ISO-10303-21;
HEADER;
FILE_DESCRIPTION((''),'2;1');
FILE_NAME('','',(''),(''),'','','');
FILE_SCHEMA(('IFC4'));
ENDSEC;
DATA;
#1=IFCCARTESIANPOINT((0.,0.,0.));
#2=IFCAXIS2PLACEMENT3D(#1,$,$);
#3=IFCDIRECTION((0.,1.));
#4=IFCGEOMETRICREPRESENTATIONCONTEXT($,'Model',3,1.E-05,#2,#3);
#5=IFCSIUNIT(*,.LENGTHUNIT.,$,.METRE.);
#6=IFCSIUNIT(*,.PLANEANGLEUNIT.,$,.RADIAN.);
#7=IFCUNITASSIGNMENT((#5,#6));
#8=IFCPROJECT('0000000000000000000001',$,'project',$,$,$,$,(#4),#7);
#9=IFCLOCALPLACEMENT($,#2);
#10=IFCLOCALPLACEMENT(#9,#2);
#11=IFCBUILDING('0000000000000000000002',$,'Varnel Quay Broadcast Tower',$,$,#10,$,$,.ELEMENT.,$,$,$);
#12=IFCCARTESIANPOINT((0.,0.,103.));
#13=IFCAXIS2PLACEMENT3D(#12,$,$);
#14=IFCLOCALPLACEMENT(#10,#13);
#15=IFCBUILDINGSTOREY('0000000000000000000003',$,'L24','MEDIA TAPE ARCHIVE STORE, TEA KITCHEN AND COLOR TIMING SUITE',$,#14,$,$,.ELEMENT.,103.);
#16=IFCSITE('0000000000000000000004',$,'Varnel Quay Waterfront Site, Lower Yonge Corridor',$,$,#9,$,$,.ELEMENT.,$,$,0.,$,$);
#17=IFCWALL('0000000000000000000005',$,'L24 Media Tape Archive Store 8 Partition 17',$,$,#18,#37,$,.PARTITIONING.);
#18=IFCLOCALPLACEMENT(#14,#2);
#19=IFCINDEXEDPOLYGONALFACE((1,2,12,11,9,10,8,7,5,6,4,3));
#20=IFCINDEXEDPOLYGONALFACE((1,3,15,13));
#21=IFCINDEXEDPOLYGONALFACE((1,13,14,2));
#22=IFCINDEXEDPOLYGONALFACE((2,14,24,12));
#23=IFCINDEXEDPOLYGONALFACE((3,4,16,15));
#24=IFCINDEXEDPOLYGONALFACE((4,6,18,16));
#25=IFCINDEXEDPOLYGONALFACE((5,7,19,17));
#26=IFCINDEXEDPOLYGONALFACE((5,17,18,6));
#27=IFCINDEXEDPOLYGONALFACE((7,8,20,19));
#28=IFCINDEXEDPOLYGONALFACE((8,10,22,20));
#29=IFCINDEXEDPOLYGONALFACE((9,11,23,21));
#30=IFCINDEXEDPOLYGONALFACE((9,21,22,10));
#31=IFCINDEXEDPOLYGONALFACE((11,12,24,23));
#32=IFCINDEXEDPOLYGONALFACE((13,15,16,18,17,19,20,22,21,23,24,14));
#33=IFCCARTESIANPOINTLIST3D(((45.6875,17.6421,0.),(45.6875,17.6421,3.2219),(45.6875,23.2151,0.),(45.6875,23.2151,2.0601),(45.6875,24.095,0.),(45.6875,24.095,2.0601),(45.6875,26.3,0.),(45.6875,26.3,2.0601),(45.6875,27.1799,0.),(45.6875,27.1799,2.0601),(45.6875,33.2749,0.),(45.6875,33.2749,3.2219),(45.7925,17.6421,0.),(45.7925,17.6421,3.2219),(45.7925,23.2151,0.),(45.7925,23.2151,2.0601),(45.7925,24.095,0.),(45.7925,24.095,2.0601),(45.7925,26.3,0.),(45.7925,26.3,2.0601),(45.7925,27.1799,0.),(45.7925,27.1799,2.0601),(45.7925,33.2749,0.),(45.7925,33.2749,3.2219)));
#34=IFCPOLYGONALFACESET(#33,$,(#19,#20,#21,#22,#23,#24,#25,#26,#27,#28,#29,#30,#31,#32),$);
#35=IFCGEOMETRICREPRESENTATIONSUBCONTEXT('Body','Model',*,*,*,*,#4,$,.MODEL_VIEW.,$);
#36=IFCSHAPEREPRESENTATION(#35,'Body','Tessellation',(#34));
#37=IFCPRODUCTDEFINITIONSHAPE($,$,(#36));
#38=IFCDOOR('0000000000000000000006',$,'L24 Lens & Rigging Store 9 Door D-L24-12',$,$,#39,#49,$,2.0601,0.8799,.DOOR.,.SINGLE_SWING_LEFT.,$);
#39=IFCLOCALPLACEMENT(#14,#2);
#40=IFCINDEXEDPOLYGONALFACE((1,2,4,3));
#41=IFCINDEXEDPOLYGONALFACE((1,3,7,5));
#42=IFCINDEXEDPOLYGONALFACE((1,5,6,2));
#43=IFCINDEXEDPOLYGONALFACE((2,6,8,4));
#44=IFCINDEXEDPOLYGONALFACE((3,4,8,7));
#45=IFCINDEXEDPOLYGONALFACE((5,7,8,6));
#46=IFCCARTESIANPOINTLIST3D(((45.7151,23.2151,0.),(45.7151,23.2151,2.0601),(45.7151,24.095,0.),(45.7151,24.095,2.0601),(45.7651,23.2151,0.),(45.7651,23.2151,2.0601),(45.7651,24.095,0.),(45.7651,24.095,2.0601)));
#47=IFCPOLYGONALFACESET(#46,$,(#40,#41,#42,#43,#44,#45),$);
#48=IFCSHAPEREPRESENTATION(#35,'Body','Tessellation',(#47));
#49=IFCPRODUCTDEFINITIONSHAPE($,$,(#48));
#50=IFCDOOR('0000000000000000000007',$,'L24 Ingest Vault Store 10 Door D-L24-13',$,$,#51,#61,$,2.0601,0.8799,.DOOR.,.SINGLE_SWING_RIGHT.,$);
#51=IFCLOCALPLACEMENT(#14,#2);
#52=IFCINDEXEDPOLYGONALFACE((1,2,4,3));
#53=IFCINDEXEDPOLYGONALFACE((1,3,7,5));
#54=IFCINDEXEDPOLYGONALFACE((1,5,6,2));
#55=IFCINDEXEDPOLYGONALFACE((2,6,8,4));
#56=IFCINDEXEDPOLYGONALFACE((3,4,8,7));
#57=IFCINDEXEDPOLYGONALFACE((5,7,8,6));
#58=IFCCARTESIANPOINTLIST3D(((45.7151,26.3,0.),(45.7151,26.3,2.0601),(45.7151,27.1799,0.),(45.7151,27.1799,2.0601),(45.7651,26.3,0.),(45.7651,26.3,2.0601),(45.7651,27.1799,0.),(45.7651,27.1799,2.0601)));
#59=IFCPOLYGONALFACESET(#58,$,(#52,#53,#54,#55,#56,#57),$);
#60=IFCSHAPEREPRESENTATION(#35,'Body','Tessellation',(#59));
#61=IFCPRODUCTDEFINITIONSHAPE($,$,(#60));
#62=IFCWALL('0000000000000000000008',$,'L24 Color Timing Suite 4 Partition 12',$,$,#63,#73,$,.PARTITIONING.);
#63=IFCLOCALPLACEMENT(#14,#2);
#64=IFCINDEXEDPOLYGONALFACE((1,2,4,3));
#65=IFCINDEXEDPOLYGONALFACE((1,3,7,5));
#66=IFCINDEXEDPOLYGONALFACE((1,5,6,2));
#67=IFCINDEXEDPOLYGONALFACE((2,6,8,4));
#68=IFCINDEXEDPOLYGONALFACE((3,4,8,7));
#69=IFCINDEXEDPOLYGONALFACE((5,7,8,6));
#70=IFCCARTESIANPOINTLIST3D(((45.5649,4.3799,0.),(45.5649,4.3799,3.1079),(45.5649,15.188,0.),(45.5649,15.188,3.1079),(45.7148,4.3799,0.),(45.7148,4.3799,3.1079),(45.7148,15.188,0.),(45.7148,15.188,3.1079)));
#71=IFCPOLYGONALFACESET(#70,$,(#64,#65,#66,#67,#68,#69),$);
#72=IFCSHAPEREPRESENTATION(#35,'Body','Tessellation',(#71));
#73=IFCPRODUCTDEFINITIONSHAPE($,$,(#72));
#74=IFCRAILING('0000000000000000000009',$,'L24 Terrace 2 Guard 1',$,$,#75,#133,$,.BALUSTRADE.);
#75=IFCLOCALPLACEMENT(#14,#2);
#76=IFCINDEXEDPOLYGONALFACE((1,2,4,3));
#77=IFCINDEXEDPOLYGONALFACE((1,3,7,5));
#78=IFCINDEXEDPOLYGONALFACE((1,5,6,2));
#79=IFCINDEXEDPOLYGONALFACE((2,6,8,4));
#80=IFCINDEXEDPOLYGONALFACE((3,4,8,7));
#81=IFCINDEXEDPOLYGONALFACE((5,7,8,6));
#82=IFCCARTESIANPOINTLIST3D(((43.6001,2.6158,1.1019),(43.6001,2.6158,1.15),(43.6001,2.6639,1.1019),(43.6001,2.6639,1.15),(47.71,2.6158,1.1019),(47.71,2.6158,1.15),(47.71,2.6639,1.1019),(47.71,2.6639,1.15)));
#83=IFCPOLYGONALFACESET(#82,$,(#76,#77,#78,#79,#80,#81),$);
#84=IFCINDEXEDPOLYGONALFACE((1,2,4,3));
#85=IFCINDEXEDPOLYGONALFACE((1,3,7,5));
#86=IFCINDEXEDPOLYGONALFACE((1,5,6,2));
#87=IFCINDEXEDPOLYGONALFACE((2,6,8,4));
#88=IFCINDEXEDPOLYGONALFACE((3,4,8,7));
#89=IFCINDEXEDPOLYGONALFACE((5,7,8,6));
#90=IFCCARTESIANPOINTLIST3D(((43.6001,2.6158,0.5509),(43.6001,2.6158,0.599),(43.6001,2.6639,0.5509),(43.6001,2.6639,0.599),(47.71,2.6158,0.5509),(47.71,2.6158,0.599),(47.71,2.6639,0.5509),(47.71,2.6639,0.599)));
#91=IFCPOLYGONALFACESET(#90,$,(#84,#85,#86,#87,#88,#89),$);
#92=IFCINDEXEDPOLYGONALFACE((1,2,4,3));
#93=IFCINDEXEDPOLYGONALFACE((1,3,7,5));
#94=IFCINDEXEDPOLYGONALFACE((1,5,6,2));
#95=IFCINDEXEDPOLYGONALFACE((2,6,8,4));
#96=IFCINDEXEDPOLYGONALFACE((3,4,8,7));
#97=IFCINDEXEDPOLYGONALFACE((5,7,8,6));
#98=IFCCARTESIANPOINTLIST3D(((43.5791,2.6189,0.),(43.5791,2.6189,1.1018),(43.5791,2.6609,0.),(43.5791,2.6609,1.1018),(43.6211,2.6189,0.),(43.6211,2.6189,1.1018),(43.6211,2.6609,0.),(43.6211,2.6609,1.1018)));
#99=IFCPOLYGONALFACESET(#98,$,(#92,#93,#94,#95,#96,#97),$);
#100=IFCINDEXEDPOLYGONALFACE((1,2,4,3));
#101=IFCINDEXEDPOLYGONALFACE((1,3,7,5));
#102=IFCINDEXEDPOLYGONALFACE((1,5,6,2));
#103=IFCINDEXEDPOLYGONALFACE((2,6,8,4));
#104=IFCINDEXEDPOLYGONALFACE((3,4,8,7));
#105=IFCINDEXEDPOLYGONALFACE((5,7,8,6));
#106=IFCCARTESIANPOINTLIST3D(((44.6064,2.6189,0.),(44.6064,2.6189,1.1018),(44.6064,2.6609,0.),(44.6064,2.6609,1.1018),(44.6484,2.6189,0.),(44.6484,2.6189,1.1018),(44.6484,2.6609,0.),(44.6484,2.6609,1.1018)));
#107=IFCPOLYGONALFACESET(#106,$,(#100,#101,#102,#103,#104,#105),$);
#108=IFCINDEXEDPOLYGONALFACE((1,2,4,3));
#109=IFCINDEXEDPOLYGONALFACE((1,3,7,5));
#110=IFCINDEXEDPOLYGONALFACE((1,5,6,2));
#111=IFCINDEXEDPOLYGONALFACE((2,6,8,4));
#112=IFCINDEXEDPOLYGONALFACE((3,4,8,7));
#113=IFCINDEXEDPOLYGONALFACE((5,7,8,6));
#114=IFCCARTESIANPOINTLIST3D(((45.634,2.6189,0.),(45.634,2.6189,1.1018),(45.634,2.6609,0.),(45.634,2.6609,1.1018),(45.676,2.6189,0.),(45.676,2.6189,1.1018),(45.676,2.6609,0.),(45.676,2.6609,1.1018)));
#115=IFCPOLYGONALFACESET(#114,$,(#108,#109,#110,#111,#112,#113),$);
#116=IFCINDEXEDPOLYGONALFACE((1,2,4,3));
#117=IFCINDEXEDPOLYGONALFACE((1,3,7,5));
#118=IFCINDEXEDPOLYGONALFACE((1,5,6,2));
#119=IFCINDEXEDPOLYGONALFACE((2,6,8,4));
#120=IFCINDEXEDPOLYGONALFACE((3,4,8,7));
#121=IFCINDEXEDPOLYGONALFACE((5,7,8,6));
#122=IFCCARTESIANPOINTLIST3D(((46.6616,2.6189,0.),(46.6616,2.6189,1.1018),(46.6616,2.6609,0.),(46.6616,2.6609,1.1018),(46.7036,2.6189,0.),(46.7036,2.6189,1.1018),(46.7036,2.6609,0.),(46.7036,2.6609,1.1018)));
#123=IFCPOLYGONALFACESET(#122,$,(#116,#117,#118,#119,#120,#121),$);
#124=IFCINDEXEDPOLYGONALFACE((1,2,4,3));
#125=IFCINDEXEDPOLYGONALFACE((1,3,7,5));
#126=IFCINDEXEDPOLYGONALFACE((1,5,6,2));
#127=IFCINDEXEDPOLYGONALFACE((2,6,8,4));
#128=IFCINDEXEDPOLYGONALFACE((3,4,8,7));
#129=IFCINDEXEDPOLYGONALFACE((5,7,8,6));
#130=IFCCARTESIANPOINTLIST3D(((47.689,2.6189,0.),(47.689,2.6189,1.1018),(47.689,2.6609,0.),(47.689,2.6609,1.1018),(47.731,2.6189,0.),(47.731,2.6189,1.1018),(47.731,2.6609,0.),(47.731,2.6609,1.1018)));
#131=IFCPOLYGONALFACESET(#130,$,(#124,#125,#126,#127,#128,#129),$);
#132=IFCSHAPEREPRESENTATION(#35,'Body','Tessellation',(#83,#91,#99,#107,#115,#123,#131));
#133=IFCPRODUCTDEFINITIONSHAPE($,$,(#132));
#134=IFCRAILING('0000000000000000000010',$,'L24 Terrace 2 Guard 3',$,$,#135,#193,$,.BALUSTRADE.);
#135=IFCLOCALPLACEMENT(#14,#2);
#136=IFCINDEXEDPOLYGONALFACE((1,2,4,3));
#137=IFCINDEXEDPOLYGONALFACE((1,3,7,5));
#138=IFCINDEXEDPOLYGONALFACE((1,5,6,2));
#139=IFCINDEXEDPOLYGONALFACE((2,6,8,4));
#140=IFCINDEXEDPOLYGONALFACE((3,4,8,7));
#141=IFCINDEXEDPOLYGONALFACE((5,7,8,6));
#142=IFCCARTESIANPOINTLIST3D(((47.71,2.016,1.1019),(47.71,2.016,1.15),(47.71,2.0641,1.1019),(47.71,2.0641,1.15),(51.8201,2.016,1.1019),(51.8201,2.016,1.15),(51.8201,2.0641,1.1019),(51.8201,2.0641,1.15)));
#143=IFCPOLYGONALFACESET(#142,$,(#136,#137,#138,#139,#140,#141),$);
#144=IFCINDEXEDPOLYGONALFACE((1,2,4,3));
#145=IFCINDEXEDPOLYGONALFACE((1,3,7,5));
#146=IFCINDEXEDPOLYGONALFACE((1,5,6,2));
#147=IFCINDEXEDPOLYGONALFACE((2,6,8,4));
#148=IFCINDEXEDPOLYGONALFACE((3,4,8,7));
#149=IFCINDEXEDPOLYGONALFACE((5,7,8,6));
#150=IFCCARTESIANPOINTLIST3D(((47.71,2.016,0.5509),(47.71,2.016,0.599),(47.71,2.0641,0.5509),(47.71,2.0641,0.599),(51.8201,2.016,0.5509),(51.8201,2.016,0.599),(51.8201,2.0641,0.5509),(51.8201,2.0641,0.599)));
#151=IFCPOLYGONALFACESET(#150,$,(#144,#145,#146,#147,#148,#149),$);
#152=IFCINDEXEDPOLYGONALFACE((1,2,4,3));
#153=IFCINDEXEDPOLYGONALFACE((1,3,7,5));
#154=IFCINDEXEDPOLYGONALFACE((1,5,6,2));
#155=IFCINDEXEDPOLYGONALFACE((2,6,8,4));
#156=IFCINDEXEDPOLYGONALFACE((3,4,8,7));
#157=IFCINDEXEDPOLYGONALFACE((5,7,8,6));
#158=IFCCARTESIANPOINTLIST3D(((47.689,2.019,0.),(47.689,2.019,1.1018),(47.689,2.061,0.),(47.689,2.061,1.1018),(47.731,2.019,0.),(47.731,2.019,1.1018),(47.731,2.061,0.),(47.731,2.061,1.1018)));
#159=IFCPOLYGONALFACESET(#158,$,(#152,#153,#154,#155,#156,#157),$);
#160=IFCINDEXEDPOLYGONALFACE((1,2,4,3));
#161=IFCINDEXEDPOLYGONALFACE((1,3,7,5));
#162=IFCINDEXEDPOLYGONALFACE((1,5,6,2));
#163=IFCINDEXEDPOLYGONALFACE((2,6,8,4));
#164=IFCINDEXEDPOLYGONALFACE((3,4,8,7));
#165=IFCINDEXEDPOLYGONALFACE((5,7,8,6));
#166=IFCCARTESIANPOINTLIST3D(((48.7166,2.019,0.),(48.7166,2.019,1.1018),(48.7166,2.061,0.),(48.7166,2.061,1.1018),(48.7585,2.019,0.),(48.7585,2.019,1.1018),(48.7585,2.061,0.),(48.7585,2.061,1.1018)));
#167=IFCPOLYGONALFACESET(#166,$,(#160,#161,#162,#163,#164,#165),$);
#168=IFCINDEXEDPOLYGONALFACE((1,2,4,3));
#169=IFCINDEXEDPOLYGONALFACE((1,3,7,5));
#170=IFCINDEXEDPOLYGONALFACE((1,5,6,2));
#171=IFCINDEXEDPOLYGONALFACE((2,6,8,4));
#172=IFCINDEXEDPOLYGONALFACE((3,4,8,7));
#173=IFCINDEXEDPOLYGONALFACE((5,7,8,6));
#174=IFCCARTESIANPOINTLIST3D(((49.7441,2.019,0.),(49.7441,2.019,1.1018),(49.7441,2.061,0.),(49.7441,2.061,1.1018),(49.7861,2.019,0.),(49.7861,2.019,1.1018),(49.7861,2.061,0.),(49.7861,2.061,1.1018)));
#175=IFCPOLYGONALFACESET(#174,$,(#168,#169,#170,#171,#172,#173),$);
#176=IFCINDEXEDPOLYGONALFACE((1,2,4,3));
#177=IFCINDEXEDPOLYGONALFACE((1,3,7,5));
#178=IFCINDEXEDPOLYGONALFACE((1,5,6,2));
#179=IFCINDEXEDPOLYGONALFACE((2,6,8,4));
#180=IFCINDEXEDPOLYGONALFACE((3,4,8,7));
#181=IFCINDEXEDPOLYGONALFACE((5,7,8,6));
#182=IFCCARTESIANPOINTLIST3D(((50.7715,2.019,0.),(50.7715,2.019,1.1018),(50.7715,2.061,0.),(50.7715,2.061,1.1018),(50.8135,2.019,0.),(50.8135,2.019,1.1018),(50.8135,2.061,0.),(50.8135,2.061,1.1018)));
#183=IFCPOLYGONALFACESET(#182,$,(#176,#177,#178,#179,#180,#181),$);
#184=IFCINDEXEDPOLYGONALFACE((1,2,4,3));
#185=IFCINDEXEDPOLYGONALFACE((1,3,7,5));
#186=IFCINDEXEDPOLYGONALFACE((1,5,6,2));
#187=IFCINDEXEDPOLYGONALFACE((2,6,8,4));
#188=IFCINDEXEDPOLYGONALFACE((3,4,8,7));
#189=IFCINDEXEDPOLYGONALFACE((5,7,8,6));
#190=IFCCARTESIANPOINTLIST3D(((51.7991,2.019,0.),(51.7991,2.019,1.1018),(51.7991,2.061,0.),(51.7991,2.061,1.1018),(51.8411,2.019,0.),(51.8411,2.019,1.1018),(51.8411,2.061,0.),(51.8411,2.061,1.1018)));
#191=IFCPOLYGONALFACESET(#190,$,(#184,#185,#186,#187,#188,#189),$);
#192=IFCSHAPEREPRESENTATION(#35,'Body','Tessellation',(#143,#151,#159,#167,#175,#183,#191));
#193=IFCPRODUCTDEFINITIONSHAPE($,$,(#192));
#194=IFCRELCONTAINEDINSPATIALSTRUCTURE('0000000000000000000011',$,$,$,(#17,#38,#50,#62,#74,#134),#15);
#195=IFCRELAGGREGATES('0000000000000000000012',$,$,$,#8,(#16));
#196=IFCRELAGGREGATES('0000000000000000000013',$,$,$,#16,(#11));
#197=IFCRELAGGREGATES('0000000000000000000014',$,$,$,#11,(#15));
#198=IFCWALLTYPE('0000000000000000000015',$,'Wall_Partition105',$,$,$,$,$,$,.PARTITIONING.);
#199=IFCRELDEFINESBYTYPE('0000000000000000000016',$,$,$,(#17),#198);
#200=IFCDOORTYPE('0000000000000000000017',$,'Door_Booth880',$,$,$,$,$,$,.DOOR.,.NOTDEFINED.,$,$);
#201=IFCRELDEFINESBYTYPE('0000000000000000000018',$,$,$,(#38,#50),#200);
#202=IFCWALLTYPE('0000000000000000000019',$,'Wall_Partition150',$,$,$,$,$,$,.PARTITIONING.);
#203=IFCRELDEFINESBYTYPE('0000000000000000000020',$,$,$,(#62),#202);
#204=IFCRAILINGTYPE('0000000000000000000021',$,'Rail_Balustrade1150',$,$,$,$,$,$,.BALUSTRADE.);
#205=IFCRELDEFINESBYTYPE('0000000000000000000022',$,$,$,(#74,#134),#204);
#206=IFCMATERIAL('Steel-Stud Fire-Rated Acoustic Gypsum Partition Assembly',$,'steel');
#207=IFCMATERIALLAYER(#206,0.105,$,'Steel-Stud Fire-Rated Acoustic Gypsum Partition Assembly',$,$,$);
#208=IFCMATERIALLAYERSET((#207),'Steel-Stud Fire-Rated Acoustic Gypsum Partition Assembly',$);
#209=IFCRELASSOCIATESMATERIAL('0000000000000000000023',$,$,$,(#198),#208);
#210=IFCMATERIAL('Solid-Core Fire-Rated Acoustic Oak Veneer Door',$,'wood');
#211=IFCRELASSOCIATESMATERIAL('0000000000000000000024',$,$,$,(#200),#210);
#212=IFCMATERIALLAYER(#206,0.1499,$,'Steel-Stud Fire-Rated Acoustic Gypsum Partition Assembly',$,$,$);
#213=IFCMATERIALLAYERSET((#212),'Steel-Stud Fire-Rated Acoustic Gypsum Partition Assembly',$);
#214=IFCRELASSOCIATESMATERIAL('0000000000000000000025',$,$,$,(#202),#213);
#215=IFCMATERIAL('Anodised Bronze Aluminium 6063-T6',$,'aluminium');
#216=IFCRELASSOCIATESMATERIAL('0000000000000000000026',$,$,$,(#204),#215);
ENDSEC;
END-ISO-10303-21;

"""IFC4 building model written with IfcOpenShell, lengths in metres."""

from ifc_helpers import new_model, si_unit, direction, frame, frame_2d, origin, origin_2d, place, context, subcontext, project, spatial, rectangle, extrude, source, transform, mapped, material, layer, layer_set, type_object, type_shapes, element, fill, save


model = new_model("IFC4")

# Units and contexts
model_context = context("Model", 3, precision=1e-05, world=origin(), true_north=direction((0.0, 1.0)))
body_context = subcontext(model_context, "Body", "Model", "MODEL_VIEW")
ifc_project = project(units=[si_unit("LENGTHUNIT", "METRE"), si_unit("PLANEANGLEUNIT", "RADIAN")], contexts=[model_context])

# Site, building, storey
site_placement = place(None, origin())
site = spatial("IfcSite", under=ifc_project, at=site_placement, Name="Varnel Quay Waterfront Site, Lower Yonge Corridor", CompositionType="ELEMENT", RefElevation=0.0)
building_placement = place(site_placement, origin())
building = spatial("IfcBuilding", under=site, at=building_placement, Name="Varnel Quay Broadcast Tower", CompositionType="ELEMENT")
storey_placement = place(building_placement, frame((0.0, 0.0, 103.0)))
storey = spatial("IfcBuildingStorey", under=building, at=storey_placement, Name="L24", Description="MEDIA TAPE ARCHIVE STORE, TEA KITCHEN AND COLOR TIMING SUITE", CompositionType="ELEMENT", Elevation=103.0)

# Shared definitions
ifc_material_1 = material(Name="Anodised Bronze Aluminium 6063-T6", Category="aluminium")

# Wall, openings, doors
ifc_material_2 = material(Name="Steel-Stud Fire-Rated Acoustic Gypsum Partition Assembly", Category="steel")
ifc_layer_1 = layer(ifc_material_2, 0.105, Name="Steel-Stud Fire-Rated Acoustic Gypsum Partition Assembly")
ifc_layer_set_1 = layer_set([ifc_layer_1], Name="Steel-Stud Fire-Rated Acoustic Gypsum Partition Assembly")
wall_type_1 = type_object("IfcWallType", Name="Wall_Partition105", PredefinedType="PARTITIONING", material=ifc_layer_set_1)
wall_1_placement = place(storey_placement, frame((45.74, 17.6421, 0.0), z_axis=(0.0, 0.0, 1.0), x_axis=(0.0, 1.0, 0.0)))
wall_1 = element("IfcWall", 1, at=wall_1_placement, inside=storey, type_object=wall_type_1, Name="L24 Media Tape Archive Store 8 Partition 17", PredefinedType="PARTITIONING", context=body_context, shape_type="SweptSolid", body=[
    extrude(rectangle(XDim=15.6328, YDim=0.105, at=frame_2d((7.8164, 0.0))), origin(), (0.0, 0.0, 1.0), 3.2219),
])
opening_1_placement = place(wall_1_placement, frame((5.573, 0.0, 0.0)))
opening_1 = element("IfcOpeningElement", 2, at=opening_1_placement, cuts=wall_1, PredefinedType="OPENING", context=body_context, shape_type="SweptSolid", body=[
    extrude(rectangle(XDim=0.8799, YDim=2.0601, at=frame_2d((0.4399, 1.03))), frame((0.0, 0.0625, 0.0), z_axis=(0.0, -1.0, 0.0), x_axis=(1.0, 0.0, 0.0)), (0.0, 0.0, 1.0), 0.125),
])
opening_2_placement = place(wall_1_placement, frame((8.658, 0.0, 0.0)))
opening_2 = element("IfcOpeningElement", 3, at=opening_2_placement, cuts=wall_1, PredefinedType="OPENING", context=body_context, shape_type="SweptSolid", body=[
    extrude(rectangle(XDim=0.8799, YDim=2.0601, at=frame_2d((0.4399, 1.03))), frame((0.0, 0.0625, 0.0), z_axis=(0.0, -1.0, 0.0), x_axis=(1.0, 0.0, 0.0)), (0.0, 0.0, 1.0), 0.125),
])
ifc_material_3 = material(Name="Solid-Core Fire-Rated Acoustic Oak Veneer Door", Category="wood")
door_type_1 = type_object("IfcDoorType", Name="Door_Booth880", OperationType="NOTDEFINED", PredefinedType="DOOR", material=ifc_material_3)
shared_shape_1 = source(origin(), body_context, "Body", "SweptSolid", [
    extrude(rectangle(XDim=0.8799, YDim=2.0601, at=frame_2d((0.4399, 1.03))), frame((0.0, 0.0249, 0.0), z_axis=(0.0, -1.0, 0.0), x_axis=(1.0, 0.0, 0.0)), (0.0, 0.0, 1.0), 0.05),
])
type_shapes(door_type_1, [shared_shape_1])
door_1_placement = place(opening_1_placement, origin())
door_1 = element("IfcDoor", 4, at=door_1_placement, inside=storey, type_object=door_type_1, Name="L24 Lens & Rigging Store 9 Door D-L24-12", OperationType="SINGLE_SWING_LEFT", OverallHeight=2.0601, OverallWidth=0.8799, PredefinedType="DOOR", context=body_context, shape_type="MappedRepresentation", body=[
    mapped(shared_shape_1, transform((0.0, 0.0, 0.0), x_axis=(1.0, 0.0, 0.0), y_axis=(0.0, 1.0, 0.0), z_axis=(0.0, 0.0, 1.0), scale=1.0)),
])
fill(opening_1, door_1)
door_2_placement = place(opening_2_placement, origin())
door_2 = element("IfcDoor", 5, at=door_2_placement, inside=storey, type_object=door_type_1, Name="L24 Ingest Vault Store 10 Door D-L24-13", OperationType="SINGLE_SWING_RIGHT", OverallHeight=2.0601, OverallWidth=0.8799, PredefinedType="DOOR", context=body_context, shape_type="MappedRepresentation", body=[
    mapped(shared_shape_1, transform((0.0, 0.0, 0.0), x_axis=(1.0, 0.0, 0.0), y_axis=(0.0, 1.0, 0.0), z_axis=(0.0, 0.0, 1.0), scale=1.0)),
])
fill(opening_2, door_2)

# Wall
ifc_layer_2 = layer(ifc_material_2, 0.1499, Name="Steel-Stud Fire-Rated Acoustic Gypsum Partition Assembly")
ifc_layer_set_2 = layer_set([ifc_layer_2], Name="Steel-Stud Fire-Rated Acoustic Gypsum Partition Assembly")
wall_type_2 = type_object("IfcWallType", Name="Wall_Partition150", PredefinedType="PARTITIONING", material=ifc_layer_set_2)
wall_2_placement = place(storey_placement, frame((45.6399, 4.3799, 0.0), z_axis=(0.0, 0.0, 1.0), x_axis=(0.0, 1.0, 0.0)))
element("IfcWall", 6, at=wall_2_placement, inside=storey, type_object=wall_type_2, Name="L24 Color Timing Suite 4 Partition 12", PredefinedType="PARTITIONING", context=body_context, shape_type="SweptSolid", body=[
    extrude(rectangle(XDim=10.8081, YDim=0.1499, at=frame_2d((5.4041, 0.0))), origin(), (0.0, 0.0, 1.0), 3.1079),
])

# Railings
railing_type = type_object("IfcRailingType", Name="Rail_Balustrade1150", PredefinedType="BALUSTRADE", material=ifc_material_1)
railing_1_placement = place(storey_placement, frame((43.6001, 2.6399, 0.0)))
element("IfcRailing", 7, at=railing_1_placement, inside=storey, type_object=railing_type, Name="L24 Terrace 2 Guard 1", PredefinedType="BALUSTRADE", context=body_context, shape_type="SweptSolid", body=[
    extrude(rectangle(XDim=0.0481, YDim=0.0481, at=origin_2d()), frame((0.0, 0.0, 1.126), z_axis=(1.0, 0.0, 0.0), x_axis=(0.0, 1.0, 0.0)), (0.0, 0.0, 1.0), 4.1099),
    extrude(rectangle(XDim=0.0481, YDim=0.0481, at=origin_2d()), frame((0.0, 0.0, 0.575), z_axis=(1.0, 0.0, 0.0), x_axis=(0.0, 1.0, 0.0)), (0.0, 0.0, 1.0), 4.1099),
    extrude(rectangle(XDim=0.042, YDim=0.042, at=origin_2d()), origin(), (0.0, 0.0, 1.0), 1.1018),
    extrude(rectangle(XDim=0.042, YDim=0.042, at=origin_2d()), frame((1.0273, 0.0, 0.0)), (0.0, 0.0, 1.0), 1.1018),
    extrude(rectangle(XDim=0.042, YDim=0.042, at=origin_2d()), frame((2.0549, 0.0, 0.0)), (0.0, 0.0, 1.0), 1.1018),
    extrude(rectangle(XDim=0.042, YDim=0.042, at=origin_2d()), frame((3.0825, 0.0, 0.0)), (0.0, 0.0, 1.0), 1.1018),
    extrude(rectangle(XDim=0.042, YDim=0.042, at=origin_2d()), frame((4.1099, 0.0, 0.0)), (0.0, 0.0, 1.0), 1.1018),
])
railing_2_placement = place(storey_placement, frame((47.71, 2.04, 0.0)))
element("IfcRailing", 8, at=railing_2_placement, inside=storey, type_object=railing_type, Name="L24 Terrace 2 Guard 3", PredefinedType="BALUSTRADE", context=body_context, shape_type="SweptSolid", body=[
    extrude(rectangle(XDim=0.0481, YDim=0.0481, at=origin_2d()), frame((0.0, 0.0, 1.126), z_axis=(1.0, 0.0, 0.0), x_axis=(0.0, 1.0, 0.0)), (0.0, 0.0, 1.0), 4.1101),
    extrude(rectangle(XDim=0.0481, YDim=0.0481, at=origin_2d()), frame((0.0, 0.0, 0.575), z_axis=(1.0, 0.0, 0.0), x_axis=(0.0, 1.0, 0.0)), (0.0, 0.0, 1.0), 4.1101),
    extrude(rectangle(XDim=0.042, YDim=0.042, at=origin_2d()), origin(), (0.0, 0.0, 1.0), 1.1018),
    extrude(rectangle(XDim=0.042, YDim=0.042, at=origin_2d()), frame((1.0276, 0.0, 0.0)), (0.0, 0.0, 1.0), 1.1018),
    extrude(rectangle(XDim=0.042, YDim=0.042, at=origin_2d()), frame((2.0552, 0.0, 0.0)), (0.0, 0.0, 1.0), 1.1018),
    extrude(rectangle(XDim=0.042, YDim=0.042, at=origin_2d()), frame((3.0825, 0.0, 0.0)), (0.0, 0.0, 1.0), 1.1018),
    extrude(rectangle(XDim=0.042, YDim=0.042, at=origin_2d()), frame((4.1101, 0.0, 0.0)), (0.0, 0.0, 1.0), 1.1018),
])

save(model, "model.ifc")
